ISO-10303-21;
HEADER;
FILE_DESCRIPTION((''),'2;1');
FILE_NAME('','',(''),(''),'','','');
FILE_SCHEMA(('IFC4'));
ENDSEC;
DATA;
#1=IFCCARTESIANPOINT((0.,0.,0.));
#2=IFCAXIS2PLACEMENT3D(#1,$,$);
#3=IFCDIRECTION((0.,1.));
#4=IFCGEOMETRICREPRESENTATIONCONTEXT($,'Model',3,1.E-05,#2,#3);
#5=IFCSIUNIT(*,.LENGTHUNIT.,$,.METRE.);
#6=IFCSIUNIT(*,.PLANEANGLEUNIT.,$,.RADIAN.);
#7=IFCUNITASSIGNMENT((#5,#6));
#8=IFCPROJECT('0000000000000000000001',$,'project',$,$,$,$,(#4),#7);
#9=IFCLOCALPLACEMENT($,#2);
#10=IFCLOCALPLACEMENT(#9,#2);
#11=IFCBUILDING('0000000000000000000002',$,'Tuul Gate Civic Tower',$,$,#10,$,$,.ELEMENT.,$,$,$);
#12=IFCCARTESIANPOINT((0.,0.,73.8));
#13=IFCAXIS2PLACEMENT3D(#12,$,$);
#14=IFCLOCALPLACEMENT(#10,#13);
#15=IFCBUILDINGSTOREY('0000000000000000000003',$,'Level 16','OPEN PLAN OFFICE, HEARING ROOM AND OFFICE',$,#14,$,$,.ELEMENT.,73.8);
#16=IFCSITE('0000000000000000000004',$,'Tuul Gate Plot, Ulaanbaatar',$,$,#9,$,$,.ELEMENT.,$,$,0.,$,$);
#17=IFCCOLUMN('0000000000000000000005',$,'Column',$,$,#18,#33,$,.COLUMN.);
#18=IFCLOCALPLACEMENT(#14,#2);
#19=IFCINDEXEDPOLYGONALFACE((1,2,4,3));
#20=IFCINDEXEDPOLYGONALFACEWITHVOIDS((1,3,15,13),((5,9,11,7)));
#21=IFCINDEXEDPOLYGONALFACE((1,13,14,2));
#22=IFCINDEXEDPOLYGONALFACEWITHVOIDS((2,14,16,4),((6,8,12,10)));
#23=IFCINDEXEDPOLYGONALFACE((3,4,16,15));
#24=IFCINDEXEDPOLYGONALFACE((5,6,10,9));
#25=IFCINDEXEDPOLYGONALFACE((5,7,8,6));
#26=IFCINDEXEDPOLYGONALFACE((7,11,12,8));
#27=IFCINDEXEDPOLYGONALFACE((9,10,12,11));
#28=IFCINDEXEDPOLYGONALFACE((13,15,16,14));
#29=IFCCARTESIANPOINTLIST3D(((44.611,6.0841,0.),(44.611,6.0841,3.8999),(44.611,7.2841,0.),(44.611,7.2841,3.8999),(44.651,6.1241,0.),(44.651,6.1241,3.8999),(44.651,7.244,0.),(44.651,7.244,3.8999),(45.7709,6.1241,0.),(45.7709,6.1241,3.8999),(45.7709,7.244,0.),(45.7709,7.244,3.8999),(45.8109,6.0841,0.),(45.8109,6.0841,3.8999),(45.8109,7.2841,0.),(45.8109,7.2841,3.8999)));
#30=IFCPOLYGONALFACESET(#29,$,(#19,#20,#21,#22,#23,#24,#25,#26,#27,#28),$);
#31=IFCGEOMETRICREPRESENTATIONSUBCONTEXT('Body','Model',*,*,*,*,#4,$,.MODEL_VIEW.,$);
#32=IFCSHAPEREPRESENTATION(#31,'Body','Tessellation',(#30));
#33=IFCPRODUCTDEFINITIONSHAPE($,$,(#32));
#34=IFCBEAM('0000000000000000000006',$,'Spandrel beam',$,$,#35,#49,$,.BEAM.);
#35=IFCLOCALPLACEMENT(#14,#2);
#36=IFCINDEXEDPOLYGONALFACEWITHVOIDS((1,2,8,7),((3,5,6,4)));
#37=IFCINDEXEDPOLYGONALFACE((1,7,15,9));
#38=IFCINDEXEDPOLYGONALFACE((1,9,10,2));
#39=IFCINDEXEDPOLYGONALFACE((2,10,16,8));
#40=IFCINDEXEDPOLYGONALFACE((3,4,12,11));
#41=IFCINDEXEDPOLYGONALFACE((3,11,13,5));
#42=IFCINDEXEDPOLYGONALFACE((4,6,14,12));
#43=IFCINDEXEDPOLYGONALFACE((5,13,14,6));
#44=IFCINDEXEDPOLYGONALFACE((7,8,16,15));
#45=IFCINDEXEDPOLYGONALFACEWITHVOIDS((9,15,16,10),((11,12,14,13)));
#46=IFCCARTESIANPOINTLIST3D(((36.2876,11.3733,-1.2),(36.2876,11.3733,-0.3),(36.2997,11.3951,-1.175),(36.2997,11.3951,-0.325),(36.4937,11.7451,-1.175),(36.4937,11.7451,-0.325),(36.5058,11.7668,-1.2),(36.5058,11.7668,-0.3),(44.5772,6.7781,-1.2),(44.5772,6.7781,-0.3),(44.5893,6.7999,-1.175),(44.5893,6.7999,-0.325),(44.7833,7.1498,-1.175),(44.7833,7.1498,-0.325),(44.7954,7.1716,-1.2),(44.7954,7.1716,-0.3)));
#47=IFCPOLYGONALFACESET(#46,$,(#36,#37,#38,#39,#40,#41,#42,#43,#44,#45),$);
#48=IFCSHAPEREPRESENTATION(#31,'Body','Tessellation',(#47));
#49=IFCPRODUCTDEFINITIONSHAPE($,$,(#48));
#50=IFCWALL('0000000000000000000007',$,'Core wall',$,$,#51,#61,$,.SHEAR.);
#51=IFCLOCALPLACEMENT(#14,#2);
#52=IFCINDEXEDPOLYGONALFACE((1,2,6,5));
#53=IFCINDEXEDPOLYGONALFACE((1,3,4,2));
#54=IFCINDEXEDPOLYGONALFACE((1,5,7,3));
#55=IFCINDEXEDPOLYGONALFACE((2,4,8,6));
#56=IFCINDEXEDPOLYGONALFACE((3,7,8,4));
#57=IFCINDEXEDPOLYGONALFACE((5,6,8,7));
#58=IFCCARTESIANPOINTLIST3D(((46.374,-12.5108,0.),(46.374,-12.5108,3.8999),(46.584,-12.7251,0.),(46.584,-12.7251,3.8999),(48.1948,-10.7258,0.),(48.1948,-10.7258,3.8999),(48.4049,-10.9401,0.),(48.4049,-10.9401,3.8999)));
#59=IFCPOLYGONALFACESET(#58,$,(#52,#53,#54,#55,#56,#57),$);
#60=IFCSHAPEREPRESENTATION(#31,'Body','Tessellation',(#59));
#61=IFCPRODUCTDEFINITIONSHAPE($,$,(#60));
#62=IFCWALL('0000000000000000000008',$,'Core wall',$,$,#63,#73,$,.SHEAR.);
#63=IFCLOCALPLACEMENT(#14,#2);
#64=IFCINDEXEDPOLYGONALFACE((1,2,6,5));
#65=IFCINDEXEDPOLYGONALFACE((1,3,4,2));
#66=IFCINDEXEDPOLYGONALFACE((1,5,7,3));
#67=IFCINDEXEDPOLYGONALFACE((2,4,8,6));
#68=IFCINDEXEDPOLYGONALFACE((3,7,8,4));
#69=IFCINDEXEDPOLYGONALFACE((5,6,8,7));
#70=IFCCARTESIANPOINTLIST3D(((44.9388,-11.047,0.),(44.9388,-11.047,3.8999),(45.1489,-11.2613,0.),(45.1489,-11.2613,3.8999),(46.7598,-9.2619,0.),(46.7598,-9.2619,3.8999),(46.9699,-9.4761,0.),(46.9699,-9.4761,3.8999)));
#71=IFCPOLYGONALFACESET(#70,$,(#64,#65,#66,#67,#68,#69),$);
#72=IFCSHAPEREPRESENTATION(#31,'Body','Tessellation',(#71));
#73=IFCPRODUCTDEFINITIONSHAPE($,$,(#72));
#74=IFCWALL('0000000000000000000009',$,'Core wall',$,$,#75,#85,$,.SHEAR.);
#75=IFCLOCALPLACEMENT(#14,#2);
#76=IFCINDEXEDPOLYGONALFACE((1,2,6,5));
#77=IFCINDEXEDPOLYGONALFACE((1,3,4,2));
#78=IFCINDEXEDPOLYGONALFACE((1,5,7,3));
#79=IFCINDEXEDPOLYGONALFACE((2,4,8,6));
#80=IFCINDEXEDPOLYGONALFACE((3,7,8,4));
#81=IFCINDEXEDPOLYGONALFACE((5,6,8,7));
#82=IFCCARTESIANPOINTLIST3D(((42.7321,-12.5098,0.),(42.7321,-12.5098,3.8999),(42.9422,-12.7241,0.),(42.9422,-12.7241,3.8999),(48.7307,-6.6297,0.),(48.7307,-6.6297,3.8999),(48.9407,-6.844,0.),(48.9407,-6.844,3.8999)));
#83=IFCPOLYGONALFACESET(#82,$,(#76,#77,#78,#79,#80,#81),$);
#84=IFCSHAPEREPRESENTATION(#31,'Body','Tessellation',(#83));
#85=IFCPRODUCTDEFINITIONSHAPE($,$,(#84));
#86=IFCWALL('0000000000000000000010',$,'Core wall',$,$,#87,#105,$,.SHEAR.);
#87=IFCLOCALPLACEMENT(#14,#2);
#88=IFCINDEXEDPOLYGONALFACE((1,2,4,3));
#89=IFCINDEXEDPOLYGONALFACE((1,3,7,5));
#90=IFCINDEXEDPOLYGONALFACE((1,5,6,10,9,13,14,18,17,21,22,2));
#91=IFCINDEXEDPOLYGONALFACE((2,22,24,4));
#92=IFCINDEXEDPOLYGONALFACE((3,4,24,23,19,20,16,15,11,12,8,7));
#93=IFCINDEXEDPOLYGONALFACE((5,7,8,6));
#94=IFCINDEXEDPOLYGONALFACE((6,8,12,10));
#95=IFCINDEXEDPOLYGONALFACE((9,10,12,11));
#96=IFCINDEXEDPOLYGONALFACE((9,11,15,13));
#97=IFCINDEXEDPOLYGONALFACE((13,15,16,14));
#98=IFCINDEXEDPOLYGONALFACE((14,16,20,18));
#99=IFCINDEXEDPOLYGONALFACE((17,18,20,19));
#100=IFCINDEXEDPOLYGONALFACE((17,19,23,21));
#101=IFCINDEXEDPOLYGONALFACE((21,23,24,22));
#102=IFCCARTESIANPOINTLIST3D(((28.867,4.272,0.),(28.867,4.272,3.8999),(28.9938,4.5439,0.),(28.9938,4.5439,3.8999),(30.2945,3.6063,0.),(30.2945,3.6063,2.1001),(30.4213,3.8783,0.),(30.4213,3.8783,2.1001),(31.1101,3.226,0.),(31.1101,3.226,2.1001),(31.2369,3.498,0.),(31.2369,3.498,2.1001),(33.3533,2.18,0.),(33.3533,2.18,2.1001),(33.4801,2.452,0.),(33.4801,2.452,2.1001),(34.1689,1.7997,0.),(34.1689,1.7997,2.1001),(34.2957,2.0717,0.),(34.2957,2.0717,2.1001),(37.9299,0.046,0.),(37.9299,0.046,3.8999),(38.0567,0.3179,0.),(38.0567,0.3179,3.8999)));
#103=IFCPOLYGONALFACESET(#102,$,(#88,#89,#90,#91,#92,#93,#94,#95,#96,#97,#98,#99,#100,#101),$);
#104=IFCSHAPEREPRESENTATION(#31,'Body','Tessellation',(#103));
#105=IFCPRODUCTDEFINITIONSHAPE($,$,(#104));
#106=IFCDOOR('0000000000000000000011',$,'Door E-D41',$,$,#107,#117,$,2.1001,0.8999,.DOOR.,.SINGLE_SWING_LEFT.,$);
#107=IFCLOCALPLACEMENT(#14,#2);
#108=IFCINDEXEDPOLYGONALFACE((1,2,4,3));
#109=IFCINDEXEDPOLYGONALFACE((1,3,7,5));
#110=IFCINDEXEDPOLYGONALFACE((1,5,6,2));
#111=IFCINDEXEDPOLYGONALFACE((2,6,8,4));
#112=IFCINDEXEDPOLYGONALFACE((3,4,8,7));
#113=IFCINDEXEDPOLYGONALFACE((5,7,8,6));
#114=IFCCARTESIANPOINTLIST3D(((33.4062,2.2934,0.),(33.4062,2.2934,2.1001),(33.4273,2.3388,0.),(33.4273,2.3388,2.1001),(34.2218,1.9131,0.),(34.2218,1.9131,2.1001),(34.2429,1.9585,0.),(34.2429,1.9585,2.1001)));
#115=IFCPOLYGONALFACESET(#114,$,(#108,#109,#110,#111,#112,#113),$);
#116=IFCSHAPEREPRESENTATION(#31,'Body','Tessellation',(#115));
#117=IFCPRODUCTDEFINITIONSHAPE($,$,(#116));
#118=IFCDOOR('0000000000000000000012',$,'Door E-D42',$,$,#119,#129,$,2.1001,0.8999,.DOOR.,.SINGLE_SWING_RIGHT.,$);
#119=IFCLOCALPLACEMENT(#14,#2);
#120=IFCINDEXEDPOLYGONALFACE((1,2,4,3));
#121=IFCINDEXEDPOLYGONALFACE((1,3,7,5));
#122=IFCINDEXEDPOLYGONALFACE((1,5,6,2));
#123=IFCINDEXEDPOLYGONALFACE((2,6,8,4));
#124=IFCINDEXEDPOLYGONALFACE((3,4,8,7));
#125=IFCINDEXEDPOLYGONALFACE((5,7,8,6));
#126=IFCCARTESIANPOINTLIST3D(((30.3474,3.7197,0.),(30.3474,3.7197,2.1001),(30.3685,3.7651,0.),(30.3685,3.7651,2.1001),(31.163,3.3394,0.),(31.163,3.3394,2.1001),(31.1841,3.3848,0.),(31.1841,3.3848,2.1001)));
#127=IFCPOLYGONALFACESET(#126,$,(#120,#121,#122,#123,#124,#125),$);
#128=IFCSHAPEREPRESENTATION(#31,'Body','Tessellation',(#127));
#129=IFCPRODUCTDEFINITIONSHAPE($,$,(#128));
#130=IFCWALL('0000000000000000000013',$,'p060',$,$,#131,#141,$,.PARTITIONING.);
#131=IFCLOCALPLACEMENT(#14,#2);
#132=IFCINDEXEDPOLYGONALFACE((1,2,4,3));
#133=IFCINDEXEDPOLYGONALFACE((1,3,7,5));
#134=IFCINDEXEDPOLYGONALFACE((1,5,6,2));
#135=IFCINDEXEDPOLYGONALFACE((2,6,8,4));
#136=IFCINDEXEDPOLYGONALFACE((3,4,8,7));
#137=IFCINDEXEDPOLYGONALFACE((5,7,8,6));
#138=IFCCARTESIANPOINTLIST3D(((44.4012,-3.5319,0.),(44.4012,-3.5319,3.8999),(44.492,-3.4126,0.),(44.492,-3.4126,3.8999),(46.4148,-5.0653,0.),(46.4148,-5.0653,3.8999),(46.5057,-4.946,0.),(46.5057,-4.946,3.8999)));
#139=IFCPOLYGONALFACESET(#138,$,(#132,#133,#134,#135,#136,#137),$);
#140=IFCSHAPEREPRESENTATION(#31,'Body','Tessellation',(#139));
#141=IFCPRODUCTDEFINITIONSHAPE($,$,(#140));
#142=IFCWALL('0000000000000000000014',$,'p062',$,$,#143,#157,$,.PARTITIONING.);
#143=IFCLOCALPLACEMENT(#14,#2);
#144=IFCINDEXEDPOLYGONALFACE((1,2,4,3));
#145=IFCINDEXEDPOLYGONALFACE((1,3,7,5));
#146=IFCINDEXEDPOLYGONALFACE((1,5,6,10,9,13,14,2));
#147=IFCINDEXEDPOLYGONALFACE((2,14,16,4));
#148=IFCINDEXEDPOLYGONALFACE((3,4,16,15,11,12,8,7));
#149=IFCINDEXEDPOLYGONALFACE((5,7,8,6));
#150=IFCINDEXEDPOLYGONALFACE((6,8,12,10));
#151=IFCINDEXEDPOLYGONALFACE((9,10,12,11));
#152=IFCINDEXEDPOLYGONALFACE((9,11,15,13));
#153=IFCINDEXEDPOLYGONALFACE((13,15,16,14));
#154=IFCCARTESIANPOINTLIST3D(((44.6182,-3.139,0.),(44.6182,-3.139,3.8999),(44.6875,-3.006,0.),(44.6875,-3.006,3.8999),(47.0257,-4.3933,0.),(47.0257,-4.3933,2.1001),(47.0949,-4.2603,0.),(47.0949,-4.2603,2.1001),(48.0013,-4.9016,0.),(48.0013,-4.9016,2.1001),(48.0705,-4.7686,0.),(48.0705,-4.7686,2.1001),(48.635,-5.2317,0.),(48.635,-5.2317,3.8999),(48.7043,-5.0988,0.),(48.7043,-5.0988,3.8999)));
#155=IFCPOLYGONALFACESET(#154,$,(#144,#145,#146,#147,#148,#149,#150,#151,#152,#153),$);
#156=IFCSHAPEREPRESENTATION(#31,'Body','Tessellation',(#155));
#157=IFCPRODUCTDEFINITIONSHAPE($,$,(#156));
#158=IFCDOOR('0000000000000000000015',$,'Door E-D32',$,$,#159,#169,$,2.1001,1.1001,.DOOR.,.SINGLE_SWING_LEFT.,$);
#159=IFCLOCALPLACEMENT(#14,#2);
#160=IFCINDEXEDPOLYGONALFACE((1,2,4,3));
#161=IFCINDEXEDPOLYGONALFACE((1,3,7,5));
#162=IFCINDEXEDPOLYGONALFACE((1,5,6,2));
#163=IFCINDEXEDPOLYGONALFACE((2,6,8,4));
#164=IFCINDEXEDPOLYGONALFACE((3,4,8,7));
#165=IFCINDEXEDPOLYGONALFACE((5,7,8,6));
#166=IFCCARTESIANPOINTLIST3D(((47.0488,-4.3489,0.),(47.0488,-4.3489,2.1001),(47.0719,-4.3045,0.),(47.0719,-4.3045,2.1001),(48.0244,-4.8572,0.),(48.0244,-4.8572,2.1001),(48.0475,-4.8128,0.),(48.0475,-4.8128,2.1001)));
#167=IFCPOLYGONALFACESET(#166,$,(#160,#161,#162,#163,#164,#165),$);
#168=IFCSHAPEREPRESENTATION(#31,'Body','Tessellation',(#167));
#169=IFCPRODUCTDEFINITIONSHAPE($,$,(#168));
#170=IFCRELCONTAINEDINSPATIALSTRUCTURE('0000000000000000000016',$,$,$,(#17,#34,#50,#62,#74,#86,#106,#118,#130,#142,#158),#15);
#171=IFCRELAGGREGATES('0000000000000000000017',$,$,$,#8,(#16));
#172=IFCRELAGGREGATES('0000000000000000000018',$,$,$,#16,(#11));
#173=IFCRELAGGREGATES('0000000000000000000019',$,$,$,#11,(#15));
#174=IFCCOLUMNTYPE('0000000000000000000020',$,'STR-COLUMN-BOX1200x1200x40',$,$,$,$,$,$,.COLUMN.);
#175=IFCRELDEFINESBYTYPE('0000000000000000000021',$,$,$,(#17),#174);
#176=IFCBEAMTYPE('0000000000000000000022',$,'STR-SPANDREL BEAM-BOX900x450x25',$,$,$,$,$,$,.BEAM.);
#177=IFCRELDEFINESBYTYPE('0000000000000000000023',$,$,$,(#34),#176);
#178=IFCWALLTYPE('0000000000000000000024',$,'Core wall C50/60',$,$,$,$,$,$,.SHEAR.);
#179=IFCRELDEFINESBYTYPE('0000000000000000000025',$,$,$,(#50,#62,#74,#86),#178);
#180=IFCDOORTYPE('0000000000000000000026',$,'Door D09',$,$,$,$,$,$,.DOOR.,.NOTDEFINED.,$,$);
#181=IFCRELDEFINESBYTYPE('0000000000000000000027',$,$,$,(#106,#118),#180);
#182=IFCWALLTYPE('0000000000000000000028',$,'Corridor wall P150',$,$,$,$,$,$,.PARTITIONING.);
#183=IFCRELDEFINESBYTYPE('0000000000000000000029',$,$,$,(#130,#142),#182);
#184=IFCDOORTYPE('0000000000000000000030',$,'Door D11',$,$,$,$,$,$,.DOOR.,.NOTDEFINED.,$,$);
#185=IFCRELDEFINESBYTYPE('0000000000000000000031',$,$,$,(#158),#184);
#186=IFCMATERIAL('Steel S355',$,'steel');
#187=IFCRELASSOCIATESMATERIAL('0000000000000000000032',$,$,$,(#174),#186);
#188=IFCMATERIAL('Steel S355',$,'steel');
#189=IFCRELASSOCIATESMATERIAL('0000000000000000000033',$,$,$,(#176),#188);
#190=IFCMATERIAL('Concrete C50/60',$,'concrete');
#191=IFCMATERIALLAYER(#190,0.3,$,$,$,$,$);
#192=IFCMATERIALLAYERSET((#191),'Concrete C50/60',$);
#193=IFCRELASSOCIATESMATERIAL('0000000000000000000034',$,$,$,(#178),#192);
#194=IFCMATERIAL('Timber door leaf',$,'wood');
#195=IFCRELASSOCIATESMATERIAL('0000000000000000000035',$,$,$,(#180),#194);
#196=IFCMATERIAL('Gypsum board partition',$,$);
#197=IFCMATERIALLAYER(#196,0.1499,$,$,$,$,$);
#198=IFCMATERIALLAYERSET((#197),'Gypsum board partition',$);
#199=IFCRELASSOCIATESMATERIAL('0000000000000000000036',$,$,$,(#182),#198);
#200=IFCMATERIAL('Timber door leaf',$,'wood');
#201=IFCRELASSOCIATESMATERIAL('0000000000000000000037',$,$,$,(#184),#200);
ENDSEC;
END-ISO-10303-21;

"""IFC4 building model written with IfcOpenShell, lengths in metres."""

from ifc_helpers import new_model, si_unit, direction, frame, frame_2d, origin, origin_2d, place, context, subcontext, project, spatial, rectangle, hollow_rectangle, extrude, material, layer, layer_set, material_profile, profile_set, type_object, element, fill, save


model = new_model("IFC4")

# Units and contexts
model_context = context("Model", 3, precision=1e-05, world=origin(), true_north=direction((0.0, 1.0)))
body_context = subcontext(model_context, "Body", "Model", "MODEL_VIEW")
ifc_project = project(units=[si_unit("LENGTHUNIT", "METRE"), si_unit("PLANEANGLEUNIT", "RADIAN")], contexts=[model_context])

# Site, building, storey
site_placement = place(None, origin())
site = spatial("IfcSite", under=ifc_project, at=site_placement, Name="Tuul Gate Plot, Ulaanbaatar", CompositionType="ELEMENT", RefElevation=0.0)
building_placement = place(site_placement, origin())
building = spatial("IfcBuilding", under=site, at=building_placement, Name="Tuul Gate Civic Tower", CompositionType="ELEMENT")
storey_placement = place(building_placement, frame((0.0, 0.0, 73.8)))
storey = spatial("IfcBuildingStorey", under=building, at=storey_placement, Name="Level 16", Description="OPEN PLAN OFFICE, HEARING ROOM AND OFFICE", CompositionType="ELEMENT", Elevation=73.8)

# Column
ifc_material_1 = material(Name="Steel S355", Category="steel")
ifc_material_profile_1 = material_profile(ifc_material_1, hollow_rectangle(XDim=1.2, YDim=1.2, WallThickness=0.04, at=origin_2d()), Name="BOX1200x1200x40")
ifc_profile_set_1 = profile_set([ifc_material_profile_1], Name="Steel S355")
column_type = type_object("IfcColumnType", Name="STR-COLUMN-BOX1200x1200x40", PredefinedType="COLUMN", material=ifc_profile_set_1)
column_placement = place(storey_placement, frame((45.2109, 6.6841, 0.0), z_axis=(0.0, 0.0, 1.0), x_axis=(1.0, 0.0, 0.0)))
element("IfcColumn", 1, at=column_placement, inside=storey, type_object=column_type, Name="Column", PredefinedType="COLUMN", context=body_context, shape_type="SweptSolid", body=[
    extrude(hollow_rectangle(XDim=1.2, YDim=1.2, WallThickness=0.04, at=origin_2d()), origin(), (0.0, 0.0, 1.0), 3.8999),
])

# Beam
ifc_material_2 = material(Name="Steel S355", Category="steel")
ifc_material_profile_2 = material_profile(ifc_material_2, hollow_rectangle(XDim=0.45, YDim=0.8999, WallThickness=0.0249, at=origin_2d()), Name="BOX900x450x25")
ifc_profile_set_2 = profile_set([ifc_material_profile_2], Name="Steel S355")
beam_type = type_object("IfcBeamType", Name="STR-SPANDREL BEAM-BOX900x450x25", PredefinedType="BEAM", material=ifc_profile_set_2)
beam_placement = place(storey_placement, frame((44.6863, 6.9749, -0.75), z_axis=(-0.874609, 0.484829, 0.0), x_axis=(-0.484829, -0.874609, 0.0)))
element("IfcBeam", 2, at=beam_placement, inside=storey, type_object=beam_type, Name="Spandrel beam", PredefinedType="BEAM", context=body_context, shape_type="SweptSolid", body=[
    extrude(hollow_rectangle(XDim=0.45, YDim=0.8999, WallThickness=0.0249, at=origin_2d()), origin(), (0.0, 0.0, 1.0), 9.478),
])

# Walls
ifc_material_3 = material(Name="Concrete C50/60", Category="concrete")
ifc_layer_1 = layer(ifc_material_3, 0.3)
ifc_layer_set_1 = layer_set([ifc_layer_1], Name="Concrete C50/60")
wall_type_1 = type_object("IfcWallType", Name="Core wall C50/60", PredefinedType="SHEAR", material=ifc_layer_set_1)
wall_1_placement = place(storey_placement, frame((46.479, -12.6179, 0.0), z_axis=(0.0, 0.0, 1.0), x_axis=(0.714109, 0.700034, 0.0)))
element("IfcWall", 3, at=wall_1_placement, inside=storey, type_object=wall_type_1, Name="Core wall", PredefinedType="SHEAR", context=body_context, shape_type="SweptSolid", body=[
    extrude(rectangle(XDim=2.5498, YDim=0.3, at=frame_2d((1.2749, 0.0))), origin(), (0.0, 0.0, 1.0), 3.8999),
])
wall_2_placement = place(storey_placement, frame((45.0439, -11.1541, 0.0), z_axis=(0.0, 0.0, 1.0), x_axis=(0.714108, 0.700035, 0.0)))
element("IfcWall", 4, at=wall_2_placement, inside=storey, type_object=wall_type_1, Name="Core wall", PredefinedType="SHEAR", context=body_context, shape_type="SweptSolid", body=[
    extrude(rectangle(XDim=2.55, YDim=0.3, at=frame_2d((1.2749, 0.0))), origin(), (0.0, 0.0, 1.0), 3.8999),
])
wall_3_placement = place(storey_placement, frame((42.8372, -12.6169, 0.0), z_axis=(0.0, 0.0, 1.0), x_axis=(0.71412, 0.700023, 0.0)))
element("IfcWall", 5, at=wall_3_placement, inside=storey, type_object=wall_type_1, Name="Core wall", PredefinedType="SHEAR", context=body_context, shape_type="SweptSolid", body=[
    extrude(rectangle(XDim=8.3999, YDim=0.3, at=frame_2d((4.2, 0.0))), origin(), (0.0, 0.0, 1.0), 3.8999),
])

# Wall, openings, doors
wall_4_placement = place(storey_placement, frame((37.9934, 0.1819, 0.0), z_axis=(0.0, 0.0, 1.0), x_axis=(-0.90631, 0.422613, 0.0)))
wall_4 = element("IfcWall", 6, at=wall_4_placement, inside=storey, type_object=wall_type_1, Name="Core wall", PredefinedType="SHEAR", context=body_context, shape_type="SweptSolid", body=[
    extrude(rectangle(XDim=9.9998, YDim=0.3, at=frame_2d((5.0, 0.0))), origin(), (0.0, 0.0, 1.0), 3.8999),
])
opening_1_placement = place(wall_4_placement, frame((4.1499, 0.0, 0.0)))
opening_1 = element("IfcOpeningElement", 7, at=opening_1_placement, cuts=wall_4, PredefinedType="OPENING", context=body_context, shape_type="SweptSolid", body=[
    extrude(rectangle(XDim=0.8999, YDim=2.1001, at=frame_2d((0.45, 1.05))), frame((0.0, 0.1602, 0.0), z_axis=(0.0, -1.0, 0.0), x_axis=(1.0, 0.0, 0.0)), (0.0, 0.0, 1.0), 0.3201),
])
opening_2_placement = place(wall_4_placement, frame((7.5249, 0.0, 0.0)))
opening_2 = element("IfcOpeningElement", 8, at=opening_2_placement, cuts=wall_4, PredefinedType="OPENING", context=body_context, shape_type="SweptSolid", body=[
    extrude(rectangle(XDim=0.8999, YDim=2.1001, at=frame_2d((0.45, 1.05))), frame((0.0, 0.1602, 0.0), z_axis=(0.0, -1.0, 0.0), x_axis=(1.0, 0.0, 0.0)), (0.0, 0.0, 1.0), 0.3201),
])
ifc_material_4 = material(Name="Timber door leaf", Category="wood")
door_type_1 = type_object("IfcDoorType", Name="Door D09", OperationType="NOTDEFINED", PredefinedType="DOOR", material=ifc_material_4)
door_1_placement = place(opening_1_placement, origin())
door_1 = element("IfcDoor", 9, at=door_1_placement, inside=storey, type_object=door_type_1, Name="Door E-D41", OperationType="SINGLE_SWING_LEFT", OverallHeight=2.1001, OverallWidth=0.8999, PredefinedType="DOOR", context=body_context, shape_type="SweptSolid", body=[
    extrude(rectangle(XDim=0.8999, YDim=2.1001, at=frame_2d((0.45, 1.05))), frame((0.0, 0.0249, 0.0), z_axis=(0.0, -1.0, 0.0), x_axis=(1.0, 0.0, 0.0)), (0.0, 0.0, 1.0), 0.05),
])
fill(opening_1, door_1)
door_2_placement = place(opening_2_placement, origin())
door_2 = element("IfcDoor", 10, at=door_2_placement, inside=storey, type_object=door_type_1, Name="Door E-D42", OperationType="SINGLE_SWING_RIGHT", OverallHeight=2.1001, OverallWidth=0.8999, PredefinedType="DOOR", context=body_context, shape_type="SweptSolid", body=[
    extrude(rectangle(XDim=0.8999, YDim=2.1001, at=frame_2d((0.45, 1.05))), frame((0.0, 0.0249, 0.0), z_axis=(0.0, -1.0, 0.0), x_axis=(1.0, 0.0, 0.0)), (0.0, 0.0, 1.0), 0.05),
])
fill(opening_2, door_2)

# Wall
ifc_material_5 = material(Name="Gypsum board partition")
ifc_layer_2 = layer(ifc_material_5, 0.1499)
ifc_layer_set_2 = layer_set([ifc_layer_2], Name="Gypsum board partition")
wall_type_2 = type_object("IfcWallType", Name="Corridor wall P150", PredefinedType="PARTITIONING", material=ifc_layer_set_2)
wall_5_placement = place(storey_placement, frame((44.4465, -3.4722, 0.0), z_axis=(0.0, 0.0, 1.0), x_axis=(0.79558, -0.605848, 0.0)))
element("IfcWall", 11, at=wall_5_placement, inside=storey, type_object=wall_type_2, Name="p060", PredefinedType="PARTITIONING", context=body_context, shape_type="SweptSolid", body=[
    extrude(rectangle(XDim=2.531, YDim=0.1499, at=frame_2d((1.2656, 0.0))), origin(), (0.0, 0.0, 1.0), 3.8999),
])

# Wall, opening, door
wall_6_placement = place(storey_placement, frame((44.6528, -3.0725, 0.0), z_axis=(0.0, 0.0, 1.0), x_axis=(0.886854, -0.46205, 0.0)))
wall_6 = element("IfcWall", 12, at=wall_6_placement, inside=storey, type_object=wall_type_2, Name="p062", PredefinedType="PARTITIONING", context=body_context, shape_type="SweptSolid", body=[
    extrude(rectangle(XDim=4.5293, YDim=0.1499, at=frame_2d((2.2646, 0.0))), origin(), (0.0, 0.0, 1.0), 3.8999),
])
opening_3_placement = place(wall_6_placement, frame((2.7146, 0.0, 0.0)))
opening_3 = element("IfcOpeningElement", 13, at=opening_3_placement, cuts=wall_6, PredefinedType="OPENING", context=body_context, shape_type="SweptSolid", body=[
    extrude(rectangle(XDim=1.1001, YDim=2.1001, at=frame_2d((0.55, 1.05))), frame((0.0, 0.085, 0.0), z_axis=(0.0, -1.0, 0.0), x_axis=(1.0, 0.0, 0.0)), (0.0, 0.0, 1.0), 0.1699),
])
ifc_material_6 = material(Name="Timber door leaf", Category="wood")
door_type_2 = type_object("IfcDoorType", Name="Door D11", OperationType="NOTDEFINED", PredefinedType="DOOR", material=ifc_material_6)
door_3_placement = place(opening_3_placement, frame((1.1001, 0.0, 0.0), z_axis=(0.0, 0.0, 1.0), x_axis=(-1.0, 0.0, 0.0)))
door_3 = element("IfcDoor", 14, at=door_3_placement, inside=storey, type_object=door_type_2, Name="Door E-D32", OperationType="SINGLE_SWING_LEFT", OverallHeight=2.1001, OverallWidth=1.1001, PredefinedType="DOOR", context=body_context, shape_type="SweptSolid", body=[
    extrude(rectangle(XDim=1.1001, YDim=2.1001, at=frame_2d((0.55, 1.05))), frame((0.0, 0.0249, 0.0), z_axis=(0.0, -1.0, 0.0), x_axis=(1.0, 0.0, 0.0)), (0.0, 0.0, 1.0), 0.05),
])
fill(opening_3, door_3)

save(model, "model.ifc")
